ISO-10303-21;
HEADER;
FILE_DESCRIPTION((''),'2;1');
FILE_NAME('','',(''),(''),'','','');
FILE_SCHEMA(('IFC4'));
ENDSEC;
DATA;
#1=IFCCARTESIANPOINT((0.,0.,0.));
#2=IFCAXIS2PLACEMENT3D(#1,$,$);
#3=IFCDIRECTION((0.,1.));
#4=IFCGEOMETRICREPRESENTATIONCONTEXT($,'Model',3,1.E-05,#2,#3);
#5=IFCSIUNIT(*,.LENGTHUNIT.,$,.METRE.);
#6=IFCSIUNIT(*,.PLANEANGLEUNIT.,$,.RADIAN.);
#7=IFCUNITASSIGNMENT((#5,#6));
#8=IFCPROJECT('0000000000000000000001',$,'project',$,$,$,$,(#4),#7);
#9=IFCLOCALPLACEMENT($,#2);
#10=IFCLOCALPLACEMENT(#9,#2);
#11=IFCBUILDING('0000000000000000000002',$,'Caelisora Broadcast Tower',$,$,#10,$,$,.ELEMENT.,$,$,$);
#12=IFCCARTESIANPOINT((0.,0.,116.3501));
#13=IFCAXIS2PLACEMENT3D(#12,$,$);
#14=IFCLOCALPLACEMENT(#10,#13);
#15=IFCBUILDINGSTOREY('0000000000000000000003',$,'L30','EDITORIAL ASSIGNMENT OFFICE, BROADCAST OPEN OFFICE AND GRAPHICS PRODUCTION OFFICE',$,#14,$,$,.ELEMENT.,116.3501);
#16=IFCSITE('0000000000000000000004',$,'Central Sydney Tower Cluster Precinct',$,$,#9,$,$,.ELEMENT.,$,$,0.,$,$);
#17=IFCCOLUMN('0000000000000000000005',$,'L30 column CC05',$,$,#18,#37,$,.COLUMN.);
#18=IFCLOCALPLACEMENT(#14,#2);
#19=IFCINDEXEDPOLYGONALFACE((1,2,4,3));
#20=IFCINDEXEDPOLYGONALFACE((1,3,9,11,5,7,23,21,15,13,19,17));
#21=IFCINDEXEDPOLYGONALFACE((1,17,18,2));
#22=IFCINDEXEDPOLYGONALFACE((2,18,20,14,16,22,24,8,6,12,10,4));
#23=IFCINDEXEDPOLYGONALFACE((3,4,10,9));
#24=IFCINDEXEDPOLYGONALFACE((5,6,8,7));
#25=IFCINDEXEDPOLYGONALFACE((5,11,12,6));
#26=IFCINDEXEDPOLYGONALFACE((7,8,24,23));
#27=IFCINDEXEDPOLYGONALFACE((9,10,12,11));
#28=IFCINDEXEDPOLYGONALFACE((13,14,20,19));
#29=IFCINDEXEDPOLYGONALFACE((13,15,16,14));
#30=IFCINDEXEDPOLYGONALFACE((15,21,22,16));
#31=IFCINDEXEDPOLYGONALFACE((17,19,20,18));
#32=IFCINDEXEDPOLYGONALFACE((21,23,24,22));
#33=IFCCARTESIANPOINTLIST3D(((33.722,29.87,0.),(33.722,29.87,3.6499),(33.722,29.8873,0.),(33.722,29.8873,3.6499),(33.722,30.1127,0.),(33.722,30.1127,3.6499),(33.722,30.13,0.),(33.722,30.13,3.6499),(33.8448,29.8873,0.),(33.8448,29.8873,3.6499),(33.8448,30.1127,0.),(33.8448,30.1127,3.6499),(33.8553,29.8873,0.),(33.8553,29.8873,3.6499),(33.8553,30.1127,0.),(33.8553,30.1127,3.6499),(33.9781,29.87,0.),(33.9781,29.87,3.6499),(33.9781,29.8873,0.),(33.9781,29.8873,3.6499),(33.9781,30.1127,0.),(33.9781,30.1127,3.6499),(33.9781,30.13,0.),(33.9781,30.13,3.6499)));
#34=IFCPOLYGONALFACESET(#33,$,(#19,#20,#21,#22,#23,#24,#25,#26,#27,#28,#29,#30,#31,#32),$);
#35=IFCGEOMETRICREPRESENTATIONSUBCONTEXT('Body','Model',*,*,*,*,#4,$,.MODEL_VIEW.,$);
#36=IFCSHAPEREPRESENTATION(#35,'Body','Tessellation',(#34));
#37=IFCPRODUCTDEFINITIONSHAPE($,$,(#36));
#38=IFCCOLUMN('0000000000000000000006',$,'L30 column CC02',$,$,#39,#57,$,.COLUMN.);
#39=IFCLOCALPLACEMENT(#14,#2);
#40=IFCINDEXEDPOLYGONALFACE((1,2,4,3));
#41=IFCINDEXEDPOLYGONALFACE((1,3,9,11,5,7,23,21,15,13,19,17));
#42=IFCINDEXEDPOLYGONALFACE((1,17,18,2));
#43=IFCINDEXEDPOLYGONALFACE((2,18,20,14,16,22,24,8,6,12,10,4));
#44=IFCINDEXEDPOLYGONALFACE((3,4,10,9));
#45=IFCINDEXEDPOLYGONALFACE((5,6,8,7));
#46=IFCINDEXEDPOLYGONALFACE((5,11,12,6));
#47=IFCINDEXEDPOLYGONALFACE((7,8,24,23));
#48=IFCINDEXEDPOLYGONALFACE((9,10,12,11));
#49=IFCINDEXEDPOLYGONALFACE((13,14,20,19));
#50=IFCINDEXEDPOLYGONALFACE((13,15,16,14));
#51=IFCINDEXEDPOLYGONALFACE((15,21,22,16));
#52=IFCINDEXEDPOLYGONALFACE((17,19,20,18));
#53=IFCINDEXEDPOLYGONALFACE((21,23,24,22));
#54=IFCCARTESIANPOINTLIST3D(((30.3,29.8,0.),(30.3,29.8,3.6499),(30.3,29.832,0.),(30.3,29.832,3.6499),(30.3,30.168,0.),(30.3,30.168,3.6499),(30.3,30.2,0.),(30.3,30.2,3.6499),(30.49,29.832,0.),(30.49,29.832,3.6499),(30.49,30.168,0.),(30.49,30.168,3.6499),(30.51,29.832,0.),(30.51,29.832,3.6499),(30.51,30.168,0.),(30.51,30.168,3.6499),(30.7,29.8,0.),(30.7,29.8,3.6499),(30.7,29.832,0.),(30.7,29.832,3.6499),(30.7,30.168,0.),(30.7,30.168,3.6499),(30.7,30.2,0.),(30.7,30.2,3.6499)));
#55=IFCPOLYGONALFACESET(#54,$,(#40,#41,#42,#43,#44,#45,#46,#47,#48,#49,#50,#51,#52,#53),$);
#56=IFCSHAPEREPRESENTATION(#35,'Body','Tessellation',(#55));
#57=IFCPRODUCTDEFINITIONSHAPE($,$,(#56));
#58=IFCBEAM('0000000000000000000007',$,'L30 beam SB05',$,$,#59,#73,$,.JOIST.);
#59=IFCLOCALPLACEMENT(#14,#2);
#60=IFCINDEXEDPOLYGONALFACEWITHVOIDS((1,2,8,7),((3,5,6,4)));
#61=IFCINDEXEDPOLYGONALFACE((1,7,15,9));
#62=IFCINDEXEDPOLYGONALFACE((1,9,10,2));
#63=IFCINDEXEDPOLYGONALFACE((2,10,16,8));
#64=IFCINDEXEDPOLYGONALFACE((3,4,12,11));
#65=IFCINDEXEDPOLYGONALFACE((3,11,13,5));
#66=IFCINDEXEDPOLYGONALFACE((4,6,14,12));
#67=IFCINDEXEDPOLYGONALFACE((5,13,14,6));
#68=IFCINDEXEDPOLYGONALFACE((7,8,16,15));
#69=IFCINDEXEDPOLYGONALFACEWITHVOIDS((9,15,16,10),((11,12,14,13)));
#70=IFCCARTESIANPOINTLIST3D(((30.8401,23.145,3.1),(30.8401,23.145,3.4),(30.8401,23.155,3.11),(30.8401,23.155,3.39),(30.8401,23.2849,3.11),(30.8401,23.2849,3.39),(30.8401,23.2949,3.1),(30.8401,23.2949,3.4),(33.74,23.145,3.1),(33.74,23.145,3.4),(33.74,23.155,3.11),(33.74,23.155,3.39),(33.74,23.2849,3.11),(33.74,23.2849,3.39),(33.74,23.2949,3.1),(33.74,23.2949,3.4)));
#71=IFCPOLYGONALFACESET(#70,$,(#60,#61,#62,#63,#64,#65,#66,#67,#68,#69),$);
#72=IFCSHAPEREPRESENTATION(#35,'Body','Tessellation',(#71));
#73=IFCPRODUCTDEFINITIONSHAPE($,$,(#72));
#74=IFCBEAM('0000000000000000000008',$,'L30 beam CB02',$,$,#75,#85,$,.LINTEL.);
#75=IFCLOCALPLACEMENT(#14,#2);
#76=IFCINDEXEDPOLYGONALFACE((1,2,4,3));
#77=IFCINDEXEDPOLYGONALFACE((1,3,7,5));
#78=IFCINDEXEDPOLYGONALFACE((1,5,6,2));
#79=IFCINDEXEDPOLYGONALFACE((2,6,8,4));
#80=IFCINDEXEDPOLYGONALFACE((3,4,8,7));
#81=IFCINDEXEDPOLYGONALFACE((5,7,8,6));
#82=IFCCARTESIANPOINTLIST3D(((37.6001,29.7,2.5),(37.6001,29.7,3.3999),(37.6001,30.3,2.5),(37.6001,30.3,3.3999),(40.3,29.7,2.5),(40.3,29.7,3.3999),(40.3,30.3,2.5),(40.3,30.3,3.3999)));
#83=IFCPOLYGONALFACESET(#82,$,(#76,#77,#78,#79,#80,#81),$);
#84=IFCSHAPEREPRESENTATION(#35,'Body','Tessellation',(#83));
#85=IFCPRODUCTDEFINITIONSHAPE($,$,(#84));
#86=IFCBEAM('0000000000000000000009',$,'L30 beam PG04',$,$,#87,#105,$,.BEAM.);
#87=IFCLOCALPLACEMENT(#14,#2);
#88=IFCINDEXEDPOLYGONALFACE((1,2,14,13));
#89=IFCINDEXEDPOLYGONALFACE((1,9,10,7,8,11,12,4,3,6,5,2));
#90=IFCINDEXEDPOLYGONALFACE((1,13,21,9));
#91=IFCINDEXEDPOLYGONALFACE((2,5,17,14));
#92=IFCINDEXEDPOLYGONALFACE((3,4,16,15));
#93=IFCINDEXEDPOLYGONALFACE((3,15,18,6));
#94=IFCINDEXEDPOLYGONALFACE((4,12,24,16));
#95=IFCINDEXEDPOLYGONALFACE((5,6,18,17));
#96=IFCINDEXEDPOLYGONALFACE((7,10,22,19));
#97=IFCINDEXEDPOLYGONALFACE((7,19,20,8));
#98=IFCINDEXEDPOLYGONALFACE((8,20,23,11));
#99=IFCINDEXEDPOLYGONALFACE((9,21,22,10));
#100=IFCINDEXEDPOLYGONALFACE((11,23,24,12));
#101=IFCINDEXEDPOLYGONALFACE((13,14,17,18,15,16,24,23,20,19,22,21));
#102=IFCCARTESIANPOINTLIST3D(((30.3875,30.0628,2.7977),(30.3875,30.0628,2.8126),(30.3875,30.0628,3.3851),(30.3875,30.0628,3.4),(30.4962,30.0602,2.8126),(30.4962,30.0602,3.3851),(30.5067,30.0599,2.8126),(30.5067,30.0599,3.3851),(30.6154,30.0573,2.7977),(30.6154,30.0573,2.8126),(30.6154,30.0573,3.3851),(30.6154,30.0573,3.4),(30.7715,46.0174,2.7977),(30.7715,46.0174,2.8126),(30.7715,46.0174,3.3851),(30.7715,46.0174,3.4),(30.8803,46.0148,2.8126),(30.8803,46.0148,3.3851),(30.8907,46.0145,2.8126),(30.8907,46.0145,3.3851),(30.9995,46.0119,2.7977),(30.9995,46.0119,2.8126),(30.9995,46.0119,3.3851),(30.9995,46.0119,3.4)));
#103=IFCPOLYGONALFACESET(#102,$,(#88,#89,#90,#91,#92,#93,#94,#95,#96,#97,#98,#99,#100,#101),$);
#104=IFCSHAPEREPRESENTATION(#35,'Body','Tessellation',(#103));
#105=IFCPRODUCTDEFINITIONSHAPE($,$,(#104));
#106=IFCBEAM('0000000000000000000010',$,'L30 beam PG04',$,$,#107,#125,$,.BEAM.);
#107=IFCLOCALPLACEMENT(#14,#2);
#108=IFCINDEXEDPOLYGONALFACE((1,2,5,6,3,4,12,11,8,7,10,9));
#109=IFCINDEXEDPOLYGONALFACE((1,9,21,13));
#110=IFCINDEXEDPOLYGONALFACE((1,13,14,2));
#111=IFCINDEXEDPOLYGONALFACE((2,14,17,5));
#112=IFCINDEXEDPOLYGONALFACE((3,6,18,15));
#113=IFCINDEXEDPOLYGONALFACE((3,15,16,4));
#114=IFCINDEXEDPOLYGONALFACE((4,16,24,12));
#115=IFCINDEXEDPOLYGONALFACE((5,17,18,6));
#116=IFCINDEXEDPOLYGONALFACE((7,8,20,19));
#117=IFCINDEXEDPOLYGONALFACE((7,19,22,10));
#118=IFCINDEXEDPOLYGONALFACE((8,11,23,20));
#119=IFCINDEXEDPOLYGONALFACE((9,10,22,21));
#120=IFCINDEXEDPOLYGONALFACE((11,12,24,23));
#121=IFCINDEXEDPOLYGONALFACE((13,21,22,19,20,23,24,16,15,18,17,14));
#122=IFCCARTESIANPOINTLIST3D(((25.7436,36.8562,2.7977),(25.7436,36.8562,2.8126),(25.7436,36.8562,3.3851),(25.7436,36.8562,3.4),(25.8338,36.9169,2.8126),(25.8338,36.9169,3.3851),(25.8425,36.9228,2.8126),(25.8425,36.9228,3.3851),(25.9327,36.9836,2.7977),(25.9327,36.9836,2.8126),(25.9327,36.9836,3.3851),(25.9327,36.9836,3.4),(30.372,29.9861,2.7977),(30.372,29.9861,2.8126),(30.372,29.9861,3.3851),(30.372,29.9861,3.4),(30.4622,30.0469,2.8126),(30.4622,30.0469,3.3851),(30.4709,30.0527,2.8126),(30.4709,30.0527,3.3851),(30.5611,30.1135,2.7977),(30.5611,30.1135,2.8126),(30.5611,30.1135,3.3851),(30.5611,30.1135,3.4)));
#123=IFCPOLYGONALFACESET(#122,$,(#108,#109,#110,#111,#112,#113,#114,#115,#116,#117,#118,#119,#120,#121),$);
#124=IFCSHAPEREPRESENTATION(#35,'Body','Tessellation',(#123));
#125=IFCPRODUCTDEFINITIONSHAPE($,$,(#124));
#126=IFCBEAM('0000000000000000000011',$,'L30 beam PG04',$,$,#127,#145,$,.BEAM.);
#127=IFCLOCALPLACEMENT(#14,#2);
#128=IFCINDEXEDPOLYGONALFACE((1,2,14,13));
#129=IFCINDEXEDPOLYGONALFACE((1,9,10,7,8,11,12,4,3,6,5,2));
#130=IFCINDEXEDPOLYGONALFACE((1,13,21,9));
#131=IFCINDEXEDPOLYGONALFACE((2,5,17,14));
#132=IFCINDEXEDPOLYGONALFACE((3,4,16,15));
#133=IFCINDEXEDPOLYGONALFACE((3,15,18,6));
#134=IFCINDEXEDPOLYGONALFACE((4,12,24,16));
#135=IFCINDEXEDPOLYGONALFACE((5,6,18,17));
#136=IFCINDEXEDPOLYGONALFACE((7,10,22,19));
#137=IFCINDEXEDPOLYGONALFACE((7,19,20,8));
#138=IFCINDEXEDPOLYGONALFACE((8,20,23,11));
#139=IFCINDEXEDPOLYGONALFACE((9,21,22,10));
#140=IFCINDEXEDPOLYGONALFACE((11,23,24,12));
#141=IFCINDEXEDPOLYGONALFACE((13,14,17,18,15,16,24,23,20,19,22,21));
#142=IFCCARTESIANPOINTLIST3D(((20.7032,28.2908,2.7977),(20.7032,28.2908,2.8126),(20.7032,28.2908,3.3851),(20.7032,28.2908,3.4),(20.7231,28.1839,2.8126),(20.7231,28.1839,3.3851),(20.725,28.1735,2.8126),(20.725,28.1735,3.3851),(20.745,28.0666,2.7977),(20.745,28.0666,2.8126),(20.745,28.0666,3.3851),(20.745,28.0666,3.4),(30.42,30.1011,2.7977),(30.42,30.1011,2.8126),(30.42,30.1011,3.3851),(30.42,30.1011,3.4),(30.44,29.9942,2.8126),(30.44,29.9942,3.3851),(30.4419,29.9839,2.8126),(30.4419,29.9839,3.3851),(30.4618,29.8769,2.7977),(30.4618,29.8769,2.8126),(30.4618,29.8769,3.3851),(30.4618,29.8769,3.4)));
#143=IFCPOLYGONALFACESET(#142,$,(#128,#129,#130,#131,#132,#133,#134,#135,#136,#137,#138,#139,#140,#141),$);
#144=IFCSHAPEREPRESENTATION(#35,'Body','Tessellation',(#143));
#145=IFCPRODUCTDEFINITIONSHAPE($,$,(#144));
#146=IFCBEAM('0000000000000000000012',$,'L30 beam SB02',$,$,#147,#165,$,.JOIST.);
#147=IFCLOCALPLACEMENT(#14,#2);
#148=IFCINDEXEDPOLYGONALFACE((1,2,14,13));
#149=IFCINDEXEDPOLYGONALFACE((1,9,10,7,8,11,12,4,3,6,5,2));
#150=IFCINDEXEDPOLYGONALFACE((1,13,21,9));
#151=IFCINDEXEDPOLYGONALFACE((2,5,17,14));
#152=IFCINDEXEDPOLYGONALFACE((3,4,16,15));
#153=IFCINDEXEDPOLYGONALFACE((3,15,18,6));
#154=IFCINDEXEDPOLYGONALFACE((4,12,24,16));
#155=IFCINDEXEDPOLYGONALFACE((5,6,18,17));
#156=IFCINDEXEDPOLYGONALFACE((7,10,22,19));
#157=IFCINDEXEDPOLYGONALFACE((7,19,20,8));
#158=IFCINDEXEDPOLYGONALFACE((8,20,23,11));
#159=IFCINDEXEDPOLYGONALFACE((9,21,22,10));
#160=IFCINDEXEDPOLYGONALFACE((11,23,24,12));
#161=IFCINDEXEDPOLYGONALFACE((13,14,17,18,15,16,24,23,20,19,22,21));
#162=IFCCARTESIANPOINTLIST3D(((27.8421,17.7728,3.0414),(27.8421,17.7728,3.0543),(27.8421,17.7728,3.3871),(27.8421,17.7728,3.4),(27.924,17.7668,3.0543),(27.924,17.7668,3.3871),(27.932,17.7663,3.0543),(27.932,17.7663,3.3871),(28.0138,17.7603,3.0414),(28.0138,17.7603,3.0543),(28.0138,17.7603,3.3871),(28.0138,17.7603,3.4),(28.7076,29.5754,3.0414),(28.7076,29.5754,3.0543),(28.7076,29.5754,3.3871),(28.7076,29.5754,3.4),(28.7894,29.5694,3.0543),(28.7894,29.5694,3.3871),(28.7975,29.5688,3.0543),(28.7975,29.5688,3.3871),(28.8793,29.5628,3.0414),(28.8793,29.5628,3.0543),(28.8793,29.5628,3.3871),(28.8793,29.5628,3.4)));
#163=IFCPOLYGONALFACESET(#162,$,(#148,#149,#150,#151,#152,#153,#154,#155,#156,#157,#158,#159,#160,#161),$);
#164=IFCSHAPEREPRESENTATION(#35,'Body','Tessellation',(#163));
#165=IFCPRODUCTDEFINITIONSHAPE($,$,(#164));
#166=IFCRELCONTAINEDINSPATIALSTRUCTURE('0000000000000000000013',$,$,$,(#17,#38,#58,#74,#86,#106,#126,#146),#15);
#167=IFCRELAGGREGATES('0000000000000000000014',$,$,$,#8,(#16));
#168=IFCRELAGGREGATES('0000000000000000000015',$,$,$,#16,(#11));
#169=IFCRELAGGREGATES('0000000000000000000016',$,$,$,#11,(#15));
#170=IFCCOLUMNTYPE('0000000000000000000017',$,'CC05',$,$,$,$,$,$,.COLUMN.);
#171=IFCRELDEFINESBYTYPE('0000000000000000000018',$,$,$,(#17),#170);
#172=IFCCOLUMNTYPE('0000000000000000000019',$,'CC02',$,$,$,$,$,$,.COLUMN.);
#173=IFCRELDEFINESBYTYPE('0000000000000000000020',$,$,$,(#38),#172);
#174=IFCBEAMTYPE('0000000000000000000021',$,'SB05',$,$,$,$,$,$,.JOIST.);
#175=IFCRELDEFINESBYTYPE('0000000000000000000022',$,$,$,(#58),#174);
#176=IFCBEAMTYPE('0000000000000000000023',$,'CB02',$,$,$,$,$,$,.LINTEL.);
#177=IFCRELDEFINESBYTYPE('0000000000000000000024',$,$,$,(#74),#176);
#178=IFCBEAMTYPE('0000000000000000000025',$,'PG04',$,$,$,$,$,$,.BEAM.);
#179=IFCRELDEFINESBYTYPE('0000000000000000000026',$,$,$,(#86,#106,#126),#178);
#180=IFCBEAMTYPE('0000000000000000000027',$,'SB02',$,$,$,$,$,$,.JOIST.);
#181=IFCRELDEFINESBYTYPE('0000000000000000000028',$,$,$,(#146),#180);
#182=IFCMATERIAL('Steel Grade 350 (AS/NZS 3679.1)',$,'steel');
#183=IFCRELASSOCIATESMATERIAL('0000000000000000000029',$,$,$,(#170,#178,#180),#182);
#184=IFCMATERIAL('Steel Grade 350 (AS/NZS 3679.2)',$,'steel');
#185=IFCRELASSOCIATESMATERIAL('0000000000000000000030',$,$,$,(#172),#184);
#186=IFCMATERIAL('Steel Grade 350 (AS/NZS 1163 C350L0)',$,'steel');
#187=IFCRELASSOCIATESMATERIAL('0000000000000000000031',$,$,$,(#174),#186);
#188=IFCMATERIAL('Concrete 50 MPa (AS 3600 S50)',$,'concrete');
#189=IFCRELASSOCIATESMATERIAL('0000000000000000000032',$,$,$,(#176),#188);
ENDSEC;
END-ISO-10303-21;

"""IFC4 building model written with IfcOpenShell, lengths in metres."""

from ifc_helpers import new_model, si_unit, direction, frame, origin, origin_2d, place, context, subcontext, project, spatial, rectangle, hollow_rectangle, i_section, extrude, source, transform, mapped, material, material_profile, profile_set, type_object, type_shapes, element, save


model = new_model("IFC4")

# Units and contexts
model_context = context("Model", 3, precision=1e-05, world=origin(), true_north=direction((0.0, 1.0)))
body_context = subcontext(model_context, "Body", "Model", "MODEL_VIEW")
ifc_project = project(units=[si_unit("LENGTHUNIT", "METRE"), si_unit("PLANEANGLEUNIT", "RADIAN")], contexts=[model_context])

# Site, building, storey
site_placement = place(None, origin())
site = spatial("IfcSite", under=ifc_project, at=site_placement, Name="Central Sydney Tower Cluster Precinct", CompositionType="ELEMENT", RefElevation=0.0)
building_placement = place(site_placement, origin())
building = spatial("IfcBuilding", under=site, at=building_placement, Name="Caelisora Broadcast Tower", CompositionType="ELEMENT")
storey_placement = place(building_placement, frame((0.0, 0.0, 116.3501)))
storey = spatial("IfcBuildingStorey", under=building, at=storey_placement, Name="L30", Description="EDITORIAL ASSIGNMENT OFFICE, BROADCAST OPEN OFFICE AND GRAPHICS PRODUCTION OFFICE", CompositionType="ELEMENT", Elevation=116.3501)

# Columns
ifc_material_1 = material(Name="Steel Grade 350 (AS/NZS 3679.1)", Category="steel")
ifc_material_profile_1 = material_profile(ifc_material_1, i_section(OverallWidth=0.2561, OverallDepth=0.26, WebThickness=0.0105, FlangeThickness=0.0173, at=origin_2d()), Name="Steel Grade 350 (AS/NZS 3679.1)")
ifc_profile_set_1 = profile_set([ifc_material_profile_1], Name="Steel Grade 350 (AS/NZS 3679.1)")
column_type_1 = type_object("IfcColumnType", Name="CC05", PredefinedType="COLUMN", material=ifc_profile_set_1)
shared_shape_1 = source(origin(), body_context, "Body", "SweptSolid", [
    extrude(i_section(OverallWidth=0.2561, OverallDepth=0.26, WebThickness=0.0105, FlangeThickness=0.0173, at=origin_2d()), origin(), (0.0, 0.0, 1.0), 3.6499),
])
type_shapes(column_type_1, [shared_shape_1])
column_1_placement = place(storey_placement, frame((33.8501, 30.0, 0.0), z_axis=(0.0, 0.0, 1.0), x_axis=(1.0, 0.0, 0.0)))
element("IfcColumn", 1, at=column_1_placement, inside=storey, type_object=column_type_1, Name="L30 column CC05", PredefinedType="COLUMN", context=body_context, shape_type="MappedRepresentation", body=[
    mapped(shared_shape_1, transform((0.0, 0.0, 0.0), scale=1.0)),
])
ifc_material_2 = material(Name="Steel Grade 350 (AS/NZS 3679.2)", Category="steel")
ifc_material_profile_2 = material_profile(ifc_material_2, i_section(OverallWidth=0.3999, OverallDepth=0.3999, WebThickness=0.02, FlangeThickness=0.032, at=origin_2d()), Name="Steel Grade 350 (AS/NZS 3679.2)")
ifc_profile_set_2 = profile_set([ifc_material_profile_2], Name="Steel Grade 350 (AS/NZS 3679.2)")
column_type_2 = type_object("IfcColumnType", Name="CC02", PredefinedType="COLUMN", material=ifc_profile_set_2)
shared_shape_2 = source(origin(), body_context, "Body", "SweptSolid", [
    extrude(i_section(OverallWidth=0.3999, OverallDepth=0.3999, WebThickness=0.02, FlangeThickness=0.032, at=origin_2d()), origin(), (0.0, 0.0, 1.0), 3.6499),
])
type_shapes(column_type_2, [shared_shape_2])
column_2_placement = place(storey_placement, frame((30.5, 30.0, 0.0), z_axis=(0.0, 0.0, 1.0), x_axis=(1.0, 0.0, 0.0)))
element("IfcColumn", 2, at=column_2_placement, inside=storey, type_object=column_type_2, Name="L30 column CC02", PredefinedType="COLUMN", context=body_context, shape_type="MappedRepresentation", body=[
    mapped(shared_shape_2, transform((0.0, 0.0, 0.0), scale=1.0)),
])

# Beams
ifc_material_3 = material(Name="Steel Grade 350 (AS/NZS 1163 C350L0)", Category="steel")
ifc_material_profile_3 = material_profile(ifc_material_3, hollow_rectangle(XDim=0.1499, YDim=0.3, WallThickness=0.01, at=origin_2d()), Name="Steel Grade 350 (AS/NZS 1163 C350L0)")
ifc_profile_set_3 = profile_set([ifc_material_profile_3], Name="Steel Grade 350 (AS/NZS 1163 C350L0)")
beam_type_1 = type_object("IfcBeamType", Name="SB05", PredefinedType="JOIST", material=ifc_profile_set_3)
shared_shape_3 = source(origin(), body_context, "Body", "SweptSolid", [
    extrude(hollow_rectangle(XDim=0.1499, YDim=0.3, WallThickness=0.01, at=origin_2d()), origin(), (0.0, 0.0, 1.0), 2.8999),
])
type_shapes(beam_type_1, [shared_shape_3])
beam_1_placement = place(storey_placement, frame((30.8401, 23.22, 3.25), z_axis=(1.0, 0.0, 0.0), x_axis=(0.0, 1.0, 0.0)))
element("IfcBeam", 3, at=beam_1_placement, inside=storey, type_object=beam_type_1, Name="L30 beam SB05", PredefinedType="JOIST", context=body_context, shape_type="MappedRepresentation", body=[
    mapped(shared_shape_3, transform((0.0, 0.0, 0.0), scale=1.0)),
])
ifc_material_4 = material(Name="Concrete 50 MPa (AS 3600 S50)", Category="concrete")
ifc_material_profile_4 = material_profile(ifc_material_4, rectangle(XDim=0.6001, YDim=0.8999, at=origin_2d()), Name="Concrete 50 MPa (AS 3600 S50)")
ifc_profile_set_4 = profile_set([ifc_material_profile_4], Name="Concrete 50 MPa (AS 3600 S50)")
beam_type_2 = type_object("IfcBeamType", Name="CB02", PredefinedType="LINTEL", material=ifc_profile_set_4)
shared_shape_4 = source(origin(), body_context, "Body", "SweptSolid", [
    extrude(rectangle(XDim=0.6001, YDim=0.8999, at=origin_2d()), origin(), (0.0, 0.0, 1.0), 2.7),
])
type_shapes(beam_type_2, [shared_shape_4])
beam_2_placement = place(storey_placement, frame((37.6001, 30.0, 2.95), z_axis=(1.0, 0.0, 0.0), x_axis=(0.0, 1.0, 0.0)))
element("IfcBeam", 4, at=beam_2_placement, inside=storey, type_object=beam_type_2, Name="L30 beam CB02", PredefinedType="LINTEL", context=body_context, shape_type="MappedRepresentation", body=[
    mapped(shared_shape_4, transform((0.0, 0.0, 0.0), scale=1.0)),
])
ifc_material_profile_5 = material_profile(ifc_material_1, i_section(OverallWidth=0.228, OverallDepth=0.6023, WebThickness=0.0105, FlangeThickness=0.0149, at=origin_2d()), Name="Steel Grade 350 (AS/NZS 3679.1)")
ifc_profile_set_5 = profile_set([ifc_material_profile_5], Name="Steel Grade 350 (AS/NZS 3679.1)")
beam_type_3 = type_object("IfcBeamType", Name="PG04", PredefinedType="BEAM", material=ifc_profile_set_5)
shared_shape_5 = source(origin(), body_context, "Body", "SweptSolid", [
    extrude(i_section(OverallWidth=0.228, OverallDepth=0.6023, WebThickness=0.0105, FlangeThickness=0.0149, at=origin_2d()), origin(), (0.0, 0.0, 1.0), 15.9592),
])
beam_3_placement = place(storey_placement, frame((30.5015, 30.0601, 3.0989), z_axis=(0.024063, 0.99971, 0.0), x_axis=(-0.99971, 0.024063, 0.0)))
element("IfcBeam", 5, at=beam_3_placement, inside=storey, type_object=beam_type_3, Name="L30 beam PG04", PredefinedType="BEAM", context=body_context, shape_type="MappedRepresentation", body=[
    mapped(shared_shape_5, transform((0.0, 0.0, 0.0), scale=1.0)),
])
shared_shape_6 = source(origin(), body_context, "Body", "SweptSolid", [
    extrude(i_section(OverallWidth=0.228, OverallDepth=0.6023, WebThickness=0.0105, FlangeThickness=0.0149, at=origin_2d()), origin(), (0.0, 0.0, 1.0), 8.2837),
])
beam_4_placement = place(storey_placement, frame((30.4666, 30.0498, 3.0989), z_axis=(-0.558734, 0.829347, 0.0), x_axis=(-0.829347, -0.558734, 0.0)))
element("IfcBeam", 6, at=beam_4_placement, inside=storey, type_object=beam_type_3, Name="L30 beam PG04", PredefinedType="BEAM", context=body_context, shape_type="MappedRepresentation", body=[
    mapped(shared_shape_6, transform((0.0, 0.0, 0.0), scale=1.0)),
])
shared_shape_7 = source(origin(), body_context, "Body", "SweptSolid", [
    extrude(i_section(OverallWidth=0.228, OverallDepth=0.6023, WebThickness=0.0105, FlangeThickness=0.0149, at=origin_2d()), origin(), (0.0, 0.0, 1.0), 9.884),
])
type_shapes(beam_type_3, [shared_shape_5, shared_shape_6, shared_shape_7])
beam_5_placement = place(storey_placement, frame((30.4409, 29.989, 3.0989), z_axis=(-0.983084, -0.183155, 0.0), x_axis=(0.183155, -0.983084, 0.0)))
element("IfcBeam", 7, at=beam_5_placement, inside=storey, type_object=beam_type_3, Name="L30 beam PG04", PredefinedType="BEAM", context=body_context, shape_type="MappedRepresentation", body=[
    mapped(shared_shape_7, transform((0.0, 0.0, 0.0), scale=1.0)),
])
ifc_material_profile_6 = material_profile(ifc_material_1, i_section(OverallWidth=0.1721, OverallDepth=0.3586, WebThickness=0.0081, FlangeThickness=0.0129, at=origin_2d()), Name="Steel Grade 350 (AS/NZS 3679.1)")
ifc_profile_set_6 = profile_set([ifc_material_profile_6], Name="Steel Grade 350 (AS/NZS 3679.1)")
beam_type_4 = type_object("IfcBeamType", Name="SB02", PredefinedType="JOIST", material=ifc_profile_set_6)
shared_shape_8 = source(origin(), body_context, "Body", "SweptSolid", [
    extrude(i_section(OverallWidth=0.1721, OverallDepth=0.3586, WebThickness=0.0081, FlangeThickness=0.0129, at=origin_2d()), origin(), (0.0, 0.0, 1.0), 11.8342),
])
type_shapes(beam_type_4, [shared_shape_8])
beam_6_placement = place(storey_placement, frame((28.7935, 29.5691, 3.2207), z_axis=(-0.073134, -0.997322, 0.0), x_axis=(0.997322, -0.073134, 0.0)))
element("IfcBeam", 8, at=beam_6_placement, inside=storey, type_object=beam_type_4, Name="L30 beam SB02", PredefinedType="JOIST", context=body_context, shape_type="MappedRepresentation", body=[
    mapped(shared_shape_8, transform((0.0, 0.0, 0.0), scale=1.0)),
])

save(model, "model.ifc")
